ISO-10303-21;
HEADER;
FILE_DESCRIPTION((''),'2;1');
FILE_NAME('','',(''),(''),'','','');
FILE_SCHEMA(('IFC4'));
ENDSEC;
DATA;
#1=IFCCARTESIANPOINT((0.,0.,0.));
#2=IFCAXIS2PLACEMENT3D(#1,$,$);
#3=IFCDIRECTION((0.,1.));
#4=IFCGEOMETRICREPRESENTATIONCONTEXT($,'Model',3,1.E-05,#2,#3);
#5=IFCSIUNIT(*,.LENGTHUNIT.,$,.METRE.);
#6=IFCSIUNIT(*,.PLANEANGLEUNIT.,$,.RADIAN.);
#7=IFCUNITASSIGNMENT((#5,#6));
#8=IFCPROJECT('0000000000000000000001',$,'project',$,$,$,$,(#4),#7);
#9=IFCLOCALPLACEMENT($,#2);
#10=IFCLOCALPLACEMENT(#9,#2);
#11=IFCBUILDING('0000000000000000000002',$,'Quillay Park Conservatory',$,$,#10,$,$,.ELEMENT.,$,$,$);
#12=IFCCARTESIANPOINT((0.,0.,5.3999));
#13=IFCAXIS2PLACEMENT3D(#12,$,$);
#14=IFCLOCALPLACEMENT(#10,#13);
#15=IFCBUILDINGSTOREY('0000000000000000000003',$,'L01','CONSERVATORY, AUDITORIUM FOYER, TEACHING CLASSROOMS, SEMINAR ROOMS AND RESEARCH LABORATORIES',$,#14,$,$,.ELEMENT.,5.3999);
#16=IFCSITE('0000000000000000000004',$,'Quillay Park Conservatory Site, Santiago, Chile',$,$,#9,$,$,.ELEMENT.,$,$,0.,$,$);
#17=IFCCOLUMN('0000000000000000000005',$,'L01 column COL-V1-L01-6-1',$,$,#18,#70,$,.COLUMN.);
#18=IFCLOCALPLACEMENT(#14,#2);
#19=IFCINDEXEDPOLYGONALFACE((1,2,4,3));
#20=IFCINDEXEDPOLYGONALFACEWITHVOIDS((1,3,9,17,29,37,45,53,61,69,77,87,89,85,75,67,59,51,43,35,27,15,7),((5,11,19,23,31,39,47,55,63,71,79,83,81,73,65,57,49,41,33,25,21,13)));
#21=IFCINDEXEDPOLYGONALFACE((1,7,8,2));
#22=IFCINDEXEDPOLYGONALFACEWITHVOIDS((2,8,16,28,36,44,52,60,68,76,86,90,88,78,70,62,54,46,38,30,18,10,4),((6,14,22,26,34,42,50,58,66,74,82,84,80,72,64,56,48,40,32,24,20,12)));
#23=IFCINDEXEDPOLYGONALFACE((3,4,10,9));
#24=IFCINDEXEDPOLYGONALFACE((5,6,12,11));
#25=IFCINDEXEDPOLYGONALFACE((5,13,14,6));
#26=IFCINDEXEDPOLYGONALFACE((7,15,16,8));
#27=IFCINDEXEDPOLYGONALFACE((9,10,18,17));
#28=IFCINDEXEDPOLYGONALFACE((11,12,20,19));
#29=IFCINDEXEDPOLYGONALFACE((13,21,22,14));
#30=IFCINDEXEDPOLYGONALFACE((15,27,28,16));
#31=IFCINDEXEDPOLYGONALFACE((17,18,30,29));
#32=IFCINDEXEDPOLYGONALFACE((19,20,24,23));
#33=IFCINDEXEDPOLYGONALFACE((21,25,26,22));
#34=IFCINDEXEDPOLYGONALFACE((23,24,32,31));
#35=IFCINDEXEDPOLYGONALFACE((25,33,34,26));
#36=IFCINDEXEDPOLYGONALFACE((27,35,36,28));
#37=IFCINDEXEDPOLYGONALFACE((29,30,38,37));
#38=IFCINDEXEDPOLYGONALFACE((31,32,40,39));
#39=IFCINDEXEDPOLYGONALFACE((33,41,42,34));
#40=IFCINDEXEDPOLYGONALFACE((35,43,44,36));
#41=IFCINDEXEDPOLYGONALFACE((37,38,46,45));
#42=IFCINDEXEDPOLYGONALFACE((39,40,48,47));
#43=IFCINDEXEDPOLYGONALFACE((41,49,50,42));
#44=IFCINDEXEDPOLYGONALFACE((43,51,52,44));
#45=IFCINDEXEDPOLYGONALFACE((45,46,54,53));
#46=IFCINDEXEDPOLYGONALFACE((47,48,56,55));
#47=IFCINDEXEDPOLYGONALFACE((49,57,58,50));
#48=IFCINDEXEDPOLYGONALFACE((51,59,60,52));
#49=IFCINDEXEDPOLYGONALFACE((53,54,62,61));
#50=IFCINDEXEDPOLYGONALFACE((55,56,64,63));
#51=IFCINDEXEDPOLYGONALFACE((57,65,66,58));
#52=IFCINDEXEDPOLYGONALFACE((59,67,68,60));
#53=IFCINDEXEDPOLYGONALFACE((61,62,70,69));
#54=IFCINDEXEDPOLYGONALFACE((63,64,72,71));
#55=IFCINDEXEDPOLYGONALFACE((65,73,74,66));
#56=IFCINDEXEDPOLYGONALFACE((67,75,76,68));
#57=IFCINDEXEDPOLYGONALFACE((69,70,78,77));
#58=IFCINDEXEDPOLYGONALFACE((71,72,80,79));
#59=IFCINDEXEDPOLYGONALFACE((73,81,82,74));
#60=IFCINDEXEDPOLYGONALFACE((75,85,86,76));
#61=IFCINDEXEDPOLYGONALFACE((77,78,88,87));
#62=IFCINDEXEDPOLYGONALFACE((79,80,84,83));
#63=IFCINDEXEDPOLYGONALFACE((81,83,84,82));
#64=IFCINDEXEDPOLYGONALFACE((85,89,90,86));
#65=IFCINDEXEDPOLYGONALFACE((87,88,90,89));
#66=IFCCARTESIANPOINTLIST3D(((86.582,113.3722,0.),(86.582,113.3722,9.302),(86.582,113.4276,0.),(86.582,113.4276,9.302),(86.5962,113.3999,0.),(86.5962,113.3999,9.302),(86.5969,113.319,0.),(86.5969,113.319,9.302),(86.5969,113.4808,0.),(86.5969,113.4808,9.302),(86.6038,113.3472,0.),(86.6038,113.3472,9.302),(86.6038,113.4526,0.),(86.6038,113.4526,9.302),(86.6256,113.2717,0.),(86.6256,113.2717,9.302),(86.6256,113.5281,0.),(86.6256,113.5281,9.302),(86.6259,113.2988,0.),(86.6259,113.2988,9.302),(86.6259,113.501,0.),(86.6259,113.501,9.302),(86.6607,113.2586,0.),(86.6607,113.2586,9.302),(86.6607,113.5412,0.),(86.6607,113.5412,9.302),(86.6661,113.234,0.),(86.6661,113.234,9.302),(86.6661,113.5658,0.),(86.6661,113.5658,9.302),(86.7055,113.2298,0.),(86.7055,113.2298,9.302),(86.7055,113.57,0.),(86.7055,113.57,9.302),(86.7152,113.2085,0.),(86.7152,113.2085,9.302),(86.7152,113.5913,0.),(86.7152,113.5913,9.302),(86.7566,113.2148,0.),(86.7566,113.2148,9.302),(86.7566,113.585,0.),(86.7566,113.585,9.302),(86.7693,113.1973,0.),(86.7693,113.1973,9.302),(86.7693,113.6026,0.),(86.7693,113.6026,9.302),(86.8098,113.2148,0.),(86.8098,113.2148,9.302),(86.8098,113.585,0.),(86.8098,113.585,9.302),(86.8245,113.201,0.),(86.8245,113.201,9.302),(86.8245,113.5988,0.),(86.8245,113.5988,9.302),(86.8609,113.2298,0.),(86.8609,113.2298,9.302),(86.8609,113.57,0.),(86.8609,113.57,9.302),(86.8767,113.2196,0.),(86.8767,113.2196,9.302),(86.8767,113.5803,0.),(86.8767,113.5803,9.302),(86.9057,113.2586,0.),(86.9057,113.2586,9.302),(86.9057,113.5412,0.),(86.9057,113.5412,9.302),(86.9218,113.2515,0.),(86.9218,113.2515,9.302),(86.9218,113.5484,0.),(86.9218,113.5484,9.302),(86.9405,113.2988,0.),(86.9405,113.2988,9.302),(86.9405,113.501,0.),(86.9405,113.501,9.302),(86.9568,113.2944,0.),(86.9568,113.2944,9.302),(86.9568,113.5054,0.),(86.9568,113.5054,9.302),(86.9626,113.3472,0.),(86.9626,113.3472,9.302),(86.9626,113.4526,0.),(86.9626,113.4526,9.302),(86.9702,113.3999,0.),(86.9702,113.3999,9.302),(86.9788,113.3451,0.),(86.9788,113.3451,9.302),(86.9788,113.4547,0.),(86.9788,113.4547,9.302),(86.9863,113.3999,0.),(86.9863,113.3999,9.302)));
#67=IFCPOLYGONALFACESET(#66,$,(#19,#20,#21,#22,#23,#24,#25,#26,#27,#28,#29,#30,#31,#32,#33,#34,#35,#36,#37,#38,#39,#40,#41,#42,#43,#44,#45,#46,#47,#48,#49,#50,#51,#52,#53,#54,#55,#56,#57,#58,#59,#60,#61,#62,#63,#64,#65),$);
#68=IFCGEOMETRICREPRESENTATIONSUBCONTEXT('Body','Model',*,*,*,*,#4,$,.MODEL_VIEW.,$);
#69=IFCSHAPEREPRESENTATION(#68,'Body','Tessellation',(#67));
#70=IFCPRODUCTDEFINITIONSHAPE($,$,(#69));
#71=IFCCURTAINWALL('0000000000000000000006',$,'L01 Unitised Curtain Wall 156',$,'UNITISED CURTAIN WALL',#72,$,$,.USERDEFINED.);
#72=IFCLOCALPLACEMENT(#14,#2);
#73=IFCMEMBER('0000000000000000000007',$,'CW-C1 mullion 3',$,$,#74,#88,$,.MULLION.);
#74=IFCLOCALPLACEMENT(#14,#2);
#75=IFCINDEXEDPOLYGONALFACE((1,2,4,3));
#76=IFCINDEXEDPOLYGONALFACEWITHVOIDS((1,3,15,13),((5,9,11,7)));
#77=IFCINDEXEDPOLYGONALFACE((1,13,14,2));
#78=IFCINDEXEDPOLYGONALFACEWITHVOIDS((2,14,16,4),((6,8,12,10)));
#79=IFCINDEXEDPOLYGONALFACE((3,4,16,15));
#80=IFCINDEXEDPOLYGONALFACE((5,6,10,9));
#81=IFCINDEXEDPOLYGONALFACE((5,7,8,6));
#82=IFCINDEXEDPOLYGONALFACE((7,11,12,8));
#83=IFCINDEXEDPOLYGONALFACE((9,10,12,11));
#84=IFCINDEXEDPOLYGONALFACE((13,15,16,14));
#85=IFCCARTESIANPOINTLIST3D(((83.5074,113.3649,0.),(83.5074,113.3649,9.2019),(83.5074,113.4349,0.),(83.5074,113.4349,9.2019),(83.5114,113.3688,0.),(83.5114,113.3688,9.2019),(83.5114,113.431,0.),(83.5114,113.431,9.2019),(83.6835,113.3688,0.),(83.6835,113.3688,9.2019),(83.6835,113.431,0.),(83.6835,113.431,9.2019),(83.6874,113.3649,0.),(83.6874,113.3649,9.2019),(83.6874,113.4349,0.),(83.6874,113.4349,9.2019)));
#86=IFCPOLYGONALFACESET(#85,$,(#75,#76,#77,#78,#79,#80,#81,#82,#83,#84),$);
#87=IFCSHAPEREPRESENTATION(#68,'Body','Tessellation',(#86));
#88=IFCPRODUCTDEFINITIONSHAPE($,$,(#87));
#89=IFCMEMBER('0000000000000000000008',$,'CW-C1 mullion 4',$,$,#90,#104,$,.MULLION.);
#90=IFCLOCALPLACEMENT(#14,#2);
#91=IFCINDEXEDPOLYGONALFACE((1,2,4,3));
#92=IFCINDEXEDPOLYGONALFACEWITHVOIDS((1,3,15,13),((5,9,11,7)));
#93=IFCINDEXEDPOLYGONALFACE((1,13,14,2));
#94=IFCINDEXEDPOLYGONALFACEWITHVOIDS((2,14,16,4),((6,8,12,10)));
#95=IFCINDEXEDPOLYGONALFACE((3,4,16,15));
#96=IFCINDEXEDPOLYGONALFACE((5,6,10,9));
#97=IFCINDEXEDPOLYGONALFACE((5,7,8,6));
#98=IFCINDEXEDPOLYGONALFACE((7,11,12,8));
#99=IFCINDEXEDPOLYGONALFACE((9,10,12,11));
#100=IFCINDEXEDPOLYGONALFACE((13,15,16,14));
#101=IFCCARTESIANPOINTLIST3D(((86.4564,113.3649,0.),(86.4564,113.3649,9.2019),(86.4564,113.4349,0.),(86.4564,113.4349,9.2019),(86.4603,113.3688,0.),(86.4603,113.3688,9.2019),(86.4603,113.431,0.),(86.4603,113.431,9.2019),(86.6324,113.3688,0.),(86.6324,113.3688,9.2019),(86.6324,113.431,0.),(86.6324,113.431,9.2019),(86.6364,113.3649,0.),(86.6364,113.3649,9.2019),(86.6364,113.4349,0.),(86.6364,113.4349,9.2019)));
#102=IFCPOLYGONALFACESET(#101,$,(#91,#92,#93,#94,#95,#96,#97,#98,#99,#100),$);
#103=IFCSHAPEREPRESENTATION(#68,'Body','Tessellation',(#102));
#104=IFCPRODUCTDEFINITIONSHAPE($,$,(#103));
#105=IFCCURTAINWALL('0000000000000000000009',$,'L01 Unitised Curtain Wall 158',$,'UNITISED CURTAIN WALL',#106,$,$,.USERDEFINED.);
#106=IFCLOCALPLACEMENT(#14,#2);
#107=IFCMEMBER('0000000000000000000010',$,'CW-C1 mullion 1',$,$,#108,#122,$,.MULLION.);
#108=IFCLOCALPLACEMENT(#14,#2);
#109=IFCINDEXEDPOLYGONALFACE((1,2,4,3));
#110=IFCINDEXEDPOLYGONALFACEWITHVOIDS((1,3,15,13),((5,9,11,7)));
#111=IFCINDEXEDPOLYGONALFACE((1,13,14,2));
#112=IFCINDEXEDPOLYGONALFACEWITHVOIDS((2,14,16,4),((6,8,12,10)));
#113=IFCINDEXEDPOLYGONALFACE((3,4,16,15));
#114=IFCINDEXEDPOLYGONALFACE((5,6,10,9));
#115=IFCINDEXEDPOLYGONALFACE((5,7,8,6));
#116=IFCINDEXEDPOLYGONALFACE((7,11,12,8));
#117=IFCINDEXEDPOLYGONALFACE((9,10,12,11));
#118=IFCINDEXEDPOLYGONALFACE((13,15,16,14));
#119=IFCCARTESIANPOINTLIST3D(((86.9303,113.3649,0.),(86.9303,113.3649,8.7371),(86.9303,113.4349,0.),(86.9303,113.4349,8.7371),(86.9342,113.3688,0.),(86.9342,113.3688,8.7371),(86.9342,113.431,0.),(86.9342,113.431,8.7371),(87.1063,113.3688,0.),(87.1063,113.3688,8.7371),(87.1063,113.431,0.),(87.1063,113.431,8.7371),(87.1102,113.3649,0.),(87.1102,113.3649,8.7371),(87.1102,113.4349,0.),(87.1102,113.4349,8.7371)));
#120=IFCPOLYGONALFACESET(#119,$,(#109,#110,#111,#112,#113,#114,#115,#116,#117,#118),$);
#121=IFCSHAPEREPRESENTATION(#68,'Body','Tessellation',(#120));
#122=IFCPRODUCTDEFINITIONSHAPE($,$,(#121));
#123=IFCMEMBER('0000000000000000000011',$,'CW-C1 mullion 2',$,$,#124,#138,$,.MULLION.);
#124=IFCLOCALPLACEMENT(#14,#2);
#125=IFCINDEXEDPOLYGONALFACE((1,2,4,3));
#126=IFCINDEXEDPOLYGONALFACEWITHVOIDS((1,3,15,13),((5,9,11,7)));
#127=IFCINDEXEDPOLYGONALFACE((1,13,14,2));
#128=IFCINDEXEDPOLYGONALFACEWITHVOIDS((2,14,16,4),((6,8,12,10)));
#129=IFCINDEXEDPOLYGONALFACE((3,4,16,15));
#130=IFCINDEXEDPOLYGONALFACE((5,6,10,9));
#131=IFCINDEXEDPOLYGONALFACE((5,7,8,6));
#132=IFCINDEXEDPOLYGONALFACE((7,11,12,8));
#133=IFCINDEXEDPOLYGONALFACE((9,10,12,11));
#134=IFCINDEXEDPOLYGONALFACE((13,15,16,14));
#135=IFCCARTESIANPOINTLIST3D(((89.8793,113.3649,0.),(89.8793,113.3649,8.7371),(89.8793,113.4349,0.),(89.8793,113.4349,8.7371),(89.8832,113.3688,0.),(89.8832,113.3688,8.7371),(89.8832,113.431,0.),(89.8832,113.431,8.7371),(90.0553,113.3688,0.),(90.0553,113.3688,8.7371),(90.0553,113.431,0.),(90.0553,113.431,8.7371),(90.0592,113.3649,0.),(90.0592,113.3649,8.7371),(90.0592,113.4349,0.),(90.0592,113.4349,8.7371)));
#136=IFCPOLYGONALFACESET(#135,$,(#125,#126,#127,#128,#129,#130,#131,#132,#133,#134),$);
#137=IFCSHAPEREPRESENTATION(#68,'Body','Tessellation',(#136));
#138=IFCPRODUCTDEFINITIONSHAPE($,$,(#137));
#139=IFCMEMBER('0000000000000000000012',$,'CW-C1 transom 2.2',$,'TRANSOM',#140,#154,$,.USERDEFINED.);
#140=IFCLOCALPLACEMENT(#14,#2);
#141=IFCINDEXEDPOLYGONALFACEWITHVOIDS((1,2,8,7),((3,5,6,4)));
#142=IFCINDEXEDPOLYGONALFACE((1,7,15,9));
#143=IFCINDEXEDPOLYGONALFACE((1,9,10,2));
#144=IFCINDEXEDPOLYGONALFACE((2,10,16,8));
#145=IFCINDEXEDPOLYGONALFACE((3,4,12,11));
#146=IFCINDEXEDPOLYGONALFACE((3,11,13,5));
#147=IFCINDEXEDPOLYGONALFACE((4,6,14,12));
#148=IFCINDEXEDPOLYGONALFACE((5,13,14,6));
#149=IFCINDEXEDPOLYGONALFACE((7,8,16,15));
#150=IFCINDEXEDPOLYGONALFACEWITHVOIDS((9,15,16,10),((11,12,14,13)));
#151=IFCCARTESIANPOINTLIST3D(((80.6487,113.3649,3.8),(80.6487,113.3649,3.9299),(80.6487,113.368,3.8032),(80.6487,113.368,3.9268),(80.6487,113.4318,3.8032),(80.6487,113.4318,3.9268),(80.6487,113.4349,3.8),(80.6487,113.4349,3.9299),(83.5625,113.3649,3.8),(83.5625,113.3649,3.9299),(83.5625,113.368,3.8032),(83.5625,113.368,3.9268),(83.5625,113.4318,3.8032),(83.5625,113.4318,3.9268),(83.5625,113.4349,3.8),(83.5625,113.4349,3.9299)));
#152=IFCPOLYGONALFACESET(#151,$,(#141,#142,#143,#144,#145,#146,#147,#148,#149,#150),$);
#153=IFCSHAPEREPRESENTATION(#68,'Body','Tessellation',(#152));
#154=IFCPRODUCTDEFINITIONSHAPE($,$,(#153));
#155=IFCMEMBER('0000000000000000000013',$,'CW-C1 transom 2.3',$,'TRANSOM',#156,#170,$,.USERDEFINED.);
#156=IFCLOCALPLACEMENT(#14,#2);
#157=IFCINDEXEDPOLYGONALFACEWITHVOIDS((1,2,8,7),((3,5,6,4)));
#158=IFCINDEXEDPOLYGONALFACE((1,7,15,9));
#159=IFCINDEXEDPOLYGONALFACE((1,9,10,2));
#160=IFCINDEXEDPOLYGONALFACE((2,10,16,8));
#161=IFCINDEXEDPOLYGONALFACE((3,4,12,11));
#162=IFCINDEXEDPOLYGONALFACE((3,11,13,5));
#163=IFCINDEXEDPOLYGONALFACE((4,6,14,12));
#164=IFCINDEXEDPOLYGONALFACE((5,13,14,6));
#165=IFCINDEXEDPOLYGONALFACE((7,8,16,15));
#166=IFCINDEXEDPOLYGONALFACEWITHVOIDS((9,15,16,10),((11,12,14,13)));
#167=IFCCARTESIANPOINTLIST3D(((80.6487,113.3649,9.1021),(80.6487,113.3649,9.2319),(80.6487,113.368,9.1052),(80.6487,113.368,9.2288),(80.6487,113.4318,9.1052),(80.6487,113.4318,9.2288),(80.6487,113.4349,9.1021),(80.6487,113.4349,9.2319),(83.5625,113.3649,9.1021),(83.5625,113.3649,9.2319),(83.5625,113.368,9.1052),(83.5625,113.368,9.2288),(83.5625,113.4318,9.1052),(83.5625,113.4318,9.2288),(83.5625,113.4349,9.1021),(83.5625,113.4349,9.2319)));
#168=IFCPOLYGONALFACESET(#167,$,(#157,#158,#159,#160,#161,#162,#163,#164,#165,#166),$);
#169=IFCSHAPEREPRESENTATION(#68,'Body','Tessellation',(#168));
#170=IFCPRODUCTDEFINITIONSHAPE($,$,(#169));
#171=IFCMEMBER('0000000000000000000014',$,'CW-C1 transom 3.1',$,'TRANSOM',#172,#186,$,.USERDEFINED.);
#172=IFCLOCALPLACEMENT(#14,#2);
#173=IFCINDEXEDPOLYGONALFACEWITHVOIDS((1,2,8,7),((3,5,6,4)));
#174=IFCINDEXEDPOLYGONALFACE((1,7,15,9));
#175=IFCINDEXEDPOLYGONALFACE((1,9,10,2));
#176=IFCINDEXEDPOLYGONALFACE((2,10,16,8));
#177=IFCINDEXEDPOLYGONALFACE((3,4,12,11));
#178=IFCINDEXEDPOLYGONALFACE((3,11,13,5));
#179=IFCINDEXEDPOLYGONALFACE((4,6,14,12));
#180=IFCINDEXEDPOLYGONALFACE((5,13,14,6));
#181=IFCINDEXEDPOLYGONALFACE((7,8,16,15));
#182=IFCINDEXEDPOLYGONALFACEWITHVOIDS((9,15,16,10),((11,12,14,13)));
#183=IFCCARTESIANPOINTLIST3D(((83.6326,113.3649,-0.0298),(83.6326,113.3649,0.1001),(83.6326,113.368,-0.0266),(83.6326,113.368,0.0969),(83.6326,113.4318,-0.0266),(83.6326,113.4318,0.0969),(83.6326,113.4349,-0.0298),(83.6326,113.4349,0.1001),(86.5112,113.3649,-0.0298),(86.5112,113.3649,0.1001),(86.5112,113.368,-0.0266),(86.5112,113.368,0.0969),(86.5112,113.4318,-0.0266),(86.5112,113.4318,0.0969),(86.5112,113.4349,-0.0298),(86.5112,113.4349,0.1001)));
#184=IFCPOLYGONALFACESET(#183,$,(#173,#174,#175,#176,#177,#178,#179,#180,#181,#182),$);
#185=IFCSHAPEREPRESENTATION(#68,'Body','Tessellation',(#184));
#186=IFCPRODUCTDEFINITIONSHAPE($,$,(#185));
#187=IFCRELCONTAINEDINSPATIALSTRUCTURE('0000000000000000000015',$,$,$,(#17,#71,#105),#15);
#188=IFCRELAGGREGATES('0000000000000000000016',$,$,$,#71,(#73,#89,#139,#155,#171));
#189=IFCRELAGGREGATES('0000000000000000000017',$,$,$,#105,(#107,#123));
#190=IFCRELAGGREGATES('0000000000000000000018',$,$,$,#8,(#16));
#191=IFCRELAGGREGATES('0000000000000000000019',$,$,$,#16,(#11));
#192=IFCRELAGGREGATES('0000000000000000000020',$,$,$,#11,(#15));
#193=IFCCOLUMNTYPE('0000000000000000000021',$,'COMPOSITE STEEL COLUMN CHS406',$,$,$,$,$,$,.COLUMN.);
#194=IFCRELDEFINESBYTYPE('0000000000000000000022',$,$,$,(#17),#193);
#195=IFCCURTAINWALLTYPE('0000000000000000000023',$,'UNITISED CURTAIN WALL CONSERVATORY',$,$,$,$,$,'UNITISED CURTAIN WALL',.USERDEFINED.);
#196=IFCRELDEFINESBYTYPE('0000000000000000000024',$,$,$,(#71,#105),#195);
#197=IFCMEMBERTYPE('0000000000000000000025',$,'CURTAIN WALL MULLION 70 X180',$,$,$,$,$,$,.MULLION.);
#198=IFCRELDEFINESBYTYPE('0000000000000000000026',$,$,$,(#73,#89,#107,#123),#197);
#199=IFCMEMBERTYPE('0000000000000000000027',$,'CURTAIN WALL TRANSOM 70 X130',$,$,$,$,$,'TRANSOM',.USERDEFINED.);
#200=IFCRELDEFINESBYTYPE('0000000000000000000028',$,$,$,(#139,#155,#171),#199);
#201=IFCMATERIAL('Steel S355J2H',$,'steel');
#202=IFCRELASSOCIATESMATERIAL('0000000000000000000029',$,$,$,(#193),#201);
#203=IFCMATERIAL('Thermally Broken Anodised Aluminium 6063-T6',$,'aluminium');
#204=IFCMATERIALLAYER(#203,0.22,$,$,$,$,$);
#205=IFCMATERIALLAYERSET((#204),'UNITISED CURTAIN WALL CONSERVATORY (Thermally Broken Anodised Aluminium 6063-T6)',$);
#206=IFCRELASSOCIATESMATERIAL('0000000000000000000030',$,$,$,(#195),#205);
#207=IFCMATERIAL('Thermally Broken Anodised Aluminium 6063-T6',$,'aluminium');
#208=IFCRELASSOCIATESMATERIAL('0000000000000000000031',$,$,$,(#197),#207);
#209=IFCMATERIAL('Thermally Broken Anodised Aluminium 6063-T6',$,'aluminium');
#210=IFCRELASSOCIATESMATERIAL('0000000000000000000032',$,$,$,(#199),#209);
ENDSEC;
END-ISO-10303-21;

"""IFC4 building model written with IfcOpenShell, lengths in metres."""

from ifc_helpers import new_model, si_unit, direction, frame, origin, origin_2d, place, context, subcontext, project, spatial, hollow_rectangle, hollow_circle, extrude, material, layer, layer_set, material_profile, profile_set, type_object, element, aggregate, save


model = new_model("IFC4")

# Units and contexts
model_context = context("Model", 3, precision=1e-05, world=origin(), true_north=direction((0.0, 1.0)))
body_context = subcontext(model_context, "Body", "Model", "MODEL_VIEW")
ifc_project = project(units=[si_unit("LENGTHUNIT", "METRE"), si_unit("PLANEANGLEUNIT", "RADIAN")], contexts=[model_context])

# Site, building, storey
site_placement = place(None, origin())
site = spatial("IfcSite", under=ifc_project, at=site_placement, Name="Quillay Park Conservatory Site, Santiago, Chile", CompositionType="ELEMENT", RefElevation=0.0)
building_placement = place(site_placement, origin())
building = spatial("IfcBuilding", under=site, at=building_placement, Name="Quillay Park Conservatory", CompositionType="ELEMENT")
storey_placement = place(building_placement, frame((0.0, 0.0, 5.3999)))
storey = spatial("IfcBuildingStorey", under=building, at=storey_placement, Name="L01", Description="CONSERVATORY, AUDITORIUM FOYER, TEACHING CLASSROOMS, SEMINAR ROOMS AND RESEARCH LABORATORIES", CompositionType="ELEMENT", Elevation=5.3999)

# Column
ifc_material_1 = material(Name="Steel S355J2H", Category="steel")
ifc_material_profile_1 = material_profile(ifc_material_1, hollow_circle(Radius=0.2031, WallThickness=0.0161, at=origin_2d()), Name="CHS406.4x16")
ifc_profile_set_1 = profile_set([ifc_material_profile_1], Name="Steel S355J2H")
column_type = type_object("IfcColumnType", Name="COMPOSITE STEEL COLUMN CHS406", PredefinedType="COLUMN", material=ifc_profile_set_1)
column_placement = place(storey_placement, frame((86.7832, 113.3999, 0.0), z_axis=(0.0, 0.0, 1.0), x_axis=(1.0, 0.0, 0.0)))
element("IfcColumn", 1, at=column_placement, inside=storey, type_object=column_type, Name="L01 column COL-V1-L01-6-1", PredefinedType="COLUMN", context=body_context, shape_type="SweptSolid", body=[
    extrude(hollow_circle(Radius=0.2031, WallThickness=0.0161, at=origin_2d()), origin(), (0.0, 0.0, 1.0), 9.302),
])

# Curtain walls, members
ifc_material_2 = material(Name="Thermally Broken Anodised Aluminium 6063-T6", Category="aluminium")
ifc_layer_1 = layer(ifc_material_2, 0.22)
ifc_layer_set_1 = layer_set([ifc_layer_1], Name="UNITISED CURTAIN WALL CONSERVATORY (Thermally Broken Anodised Aluminium 6063-T6)")
curtain_wall_type = type_object("IfcCurtainWallType", Name="UNITISED CURTAIN WALL CONSERVATORY", ElementType="UNITISED CURTAIN WALL", PredefinedType="USERDEFINED", material=ifc_layer_set_1)
curtain_wall_1_placement = place(storey_placement, origin())
curtain_wall_1 = element("IfcCurtainWall", 2, at=curtain_wall_1_placement, inside=storey, type_object=curtain_wall_type, Name="L01 Unitised Curtain Wall 156", ObjectType="UNITISED CURTAIN WALL", PredefinedType="USERDEFINED")
ifc_material_3 = material(Name="Thermally Broken Anodised Aluminium 6063-T6", Category="aluminium")
ifc_material_profile_2 = material_profile(ifc_material_3, hollow_rectangle(XDim=0.0701, YDim=0.1799, WallThickness=0.0039, at=origin_2d()), Name="AL70x180x4")
ifc_profile_set_2 = profile_set([ifc_material_profile_2], Name="Thermally Broken Anodised Aluminium 6063-T6")
member_type_1 = type_object("IfcMemberType", Name="CURTAIN WALL MULLION 70 X180", PredefinedType="MULLION", material=ifc_profile_set_2)
member_1_placement = place(storey_placement, frame((83.5974, 113.3999, 0.0), z_axis=(0.0, 0.0, 1.0), x_axis=(0.0, 1.0, 0.0)))
member_1 = element("IfcMember", 3, at=member_1_placement, type_object=member_type_1, Name="CW-C1 mullion 3", PredefinedType="MULLION", context=body_context, shape_type="SweptSolid", body=[
    extrude(hollow_rectangle(XDim=0.0701, YDim=0.1799, WallThickness=0.0039, at=origin_2d()), origin(), (0.0, 0.0, 1.0), 9.2019),
])
member_2_placement = place(storey_placement, frame((86.5464, 113.3999, 0.0), z_axis=(0.0, 0.0, 1.0), x_axis=(0.0, 1.0, 0.0)))
member_2 = element("IfcMember", 4, at=member_2_placement, type_object=member_type_1, Name="CW-C1 mullion 4", PredefinedType="MULLION", context=body_context, shape_type="SweptSolid", body=[
    extrude(hollow_rectangle(XDim=0.0701, YDim=0.1799, WallThickness=0.0039, at=origin_2d()), origin(), (0.0, 0.0, 1.0), 9.2019),
])
curtain_wall_2_placement = place(storey_placement, origin())
curtain_wall_2 = element("IfcCurtainWall", 5, at=curtain_wall_2_placement, inside=storey, type_object=curtain_wall_type, Name="L01 Unitised Curtain Wall 158", ObjectType="UNITISED CURTAIN WALL", PredefinedType="USERDEFINED")
member_3_placement = place(storey_placement, frame((87.0203, 113.3999, 0.0), z_axis=(0.0, 0.0, 1.0), x_axis=(0.0, 1.0, 0.0)))
member_3 = element("IfcMember", 6, at=member_3_placement, type_object=member_type_1, Name="CW-C1 mullion 1", PredefinedType="MULLION", context=body_context, shape_type="SweptSolid", body=[
    extrude(hollow_rectangle(XDim=0.0701, YDim=0.1799, WallThickness=0.0039, at=origin_2d()), origin(), (0.0, 0.0, 1.0), 8.7371),
])
member_4_placement = place(storey_placement, frame((89.9692, 113.3999, 0.0), z_axis=(0.0, 0.0, 1.0), x_axis=(0.0, 1.0, 0.0)))
member_4 = element("IfcMember", 7, at=member_4_placement, type_object=member_type_1, Name="CW-C1 mullion 2", PredefinedType="MULLION", context=body_context, shape_type="SweptSolid", body=[
    extrude(hollow_rectangle(XDim=0.0701, YDim=0.1799, WallThickness=0.0039, at=origin_2d()), origin(), (0.0, 0.0, 1.0), 8.7371),
])

# Members
ifc_material_4 = material(Name="Thermally Broken Anodised Aluminium 6063-T6", Category="aluminium")
ifc_material_profile_3 = material_profile(ifc_material_4, hollow_rectangle(XDim=0.0701, YDim=0.1299, WallThickness=0.0032, at=origin_2d()), Name="AL70x130x3.2")
ifc_profile_set_3 = profile_set([ifc_material_profile_3], Name="Thermally Broken Anodised Aluminium 6063-T6")
member_type_2 = type_object("IfcMemberType", Name="CURTAIN WALL TRANSOM 70 X130", ElementType="TRANSOM", PredefinedType="USERDEFINED", material=ifc_profile_set_3)
member_5_placement = place(storey_placement, frame((80.6487, 113.3999, 3.865), z_axis=(1.0, 0.0, 0.0), x_axis=(0.0, 1.0, 0.0)))
member_5 = element("IfcMember", 8, at=member_5_placement, type_object=member_type_2, Name="CW-C1 transom 2.2", ObjectType="TRANSOM", PredefinedType="USERDEFINED", context=body_context, shape_type="SweptSolid", body=[
    extrude(hollow_rectangle(XDim=0.0701, YDim=0.1299, WallThickness=0.0032, at=origin_2d()), origin(), (0.0, 0.0, 1.0), 2.9138),
])
member_6_placement = place(storey_placement, frame((80.6487, 113.3999, 9.167), z_axis=(1.0, 0.0, 0.0), x_axis=(0.0, 1.0, 0.0)))
member_6 = element("IfcMember", 9, at=member_6_placement, type_object=member_type_2, Name="CW-C1 transom 2.3", ObjectType="TRANSOM", PredefinedType="USERDEFINED", context=body_context, shape_type="SweptSolid", body=[
    extrude(hollow_rectangle(XDim=0.0701, YDim=0.1299, WallThickness=0.0032, at=origin_2d()), origin(), (0.0, 0.0, 1.0), 2.9138),
])
member_7_placement = place(storey_placement, frame((83.6326, 113.3999, 0.0352), z_axis=(1.0, 0.0, 0.0), x_axis=(0.0, 1.0, 0.0)))
member_7 = element("IfcMember", 10, at=member_7_placement, type_object=member_type_2, Name="CW-C1 transom 3.1", ObjectType="TRANSOM", PredefinedType="USERDEFINED", context=body_context, shape_type="SweptSolid", body=[
    extrude(hollow_rectangle(XDim=0.0701, YDim=0.1299, WallThickness=0.0032, at=origin_2d()), origin(), (0.0, 0.0, 1.0), 2.8787),
])

aggregate(curtain_wall_1, [member_1, member_2, member_5, member_6, member_7])
aggregate(curtain_wall_2, [member_3, member_4])

save(model, "model.ifc")
